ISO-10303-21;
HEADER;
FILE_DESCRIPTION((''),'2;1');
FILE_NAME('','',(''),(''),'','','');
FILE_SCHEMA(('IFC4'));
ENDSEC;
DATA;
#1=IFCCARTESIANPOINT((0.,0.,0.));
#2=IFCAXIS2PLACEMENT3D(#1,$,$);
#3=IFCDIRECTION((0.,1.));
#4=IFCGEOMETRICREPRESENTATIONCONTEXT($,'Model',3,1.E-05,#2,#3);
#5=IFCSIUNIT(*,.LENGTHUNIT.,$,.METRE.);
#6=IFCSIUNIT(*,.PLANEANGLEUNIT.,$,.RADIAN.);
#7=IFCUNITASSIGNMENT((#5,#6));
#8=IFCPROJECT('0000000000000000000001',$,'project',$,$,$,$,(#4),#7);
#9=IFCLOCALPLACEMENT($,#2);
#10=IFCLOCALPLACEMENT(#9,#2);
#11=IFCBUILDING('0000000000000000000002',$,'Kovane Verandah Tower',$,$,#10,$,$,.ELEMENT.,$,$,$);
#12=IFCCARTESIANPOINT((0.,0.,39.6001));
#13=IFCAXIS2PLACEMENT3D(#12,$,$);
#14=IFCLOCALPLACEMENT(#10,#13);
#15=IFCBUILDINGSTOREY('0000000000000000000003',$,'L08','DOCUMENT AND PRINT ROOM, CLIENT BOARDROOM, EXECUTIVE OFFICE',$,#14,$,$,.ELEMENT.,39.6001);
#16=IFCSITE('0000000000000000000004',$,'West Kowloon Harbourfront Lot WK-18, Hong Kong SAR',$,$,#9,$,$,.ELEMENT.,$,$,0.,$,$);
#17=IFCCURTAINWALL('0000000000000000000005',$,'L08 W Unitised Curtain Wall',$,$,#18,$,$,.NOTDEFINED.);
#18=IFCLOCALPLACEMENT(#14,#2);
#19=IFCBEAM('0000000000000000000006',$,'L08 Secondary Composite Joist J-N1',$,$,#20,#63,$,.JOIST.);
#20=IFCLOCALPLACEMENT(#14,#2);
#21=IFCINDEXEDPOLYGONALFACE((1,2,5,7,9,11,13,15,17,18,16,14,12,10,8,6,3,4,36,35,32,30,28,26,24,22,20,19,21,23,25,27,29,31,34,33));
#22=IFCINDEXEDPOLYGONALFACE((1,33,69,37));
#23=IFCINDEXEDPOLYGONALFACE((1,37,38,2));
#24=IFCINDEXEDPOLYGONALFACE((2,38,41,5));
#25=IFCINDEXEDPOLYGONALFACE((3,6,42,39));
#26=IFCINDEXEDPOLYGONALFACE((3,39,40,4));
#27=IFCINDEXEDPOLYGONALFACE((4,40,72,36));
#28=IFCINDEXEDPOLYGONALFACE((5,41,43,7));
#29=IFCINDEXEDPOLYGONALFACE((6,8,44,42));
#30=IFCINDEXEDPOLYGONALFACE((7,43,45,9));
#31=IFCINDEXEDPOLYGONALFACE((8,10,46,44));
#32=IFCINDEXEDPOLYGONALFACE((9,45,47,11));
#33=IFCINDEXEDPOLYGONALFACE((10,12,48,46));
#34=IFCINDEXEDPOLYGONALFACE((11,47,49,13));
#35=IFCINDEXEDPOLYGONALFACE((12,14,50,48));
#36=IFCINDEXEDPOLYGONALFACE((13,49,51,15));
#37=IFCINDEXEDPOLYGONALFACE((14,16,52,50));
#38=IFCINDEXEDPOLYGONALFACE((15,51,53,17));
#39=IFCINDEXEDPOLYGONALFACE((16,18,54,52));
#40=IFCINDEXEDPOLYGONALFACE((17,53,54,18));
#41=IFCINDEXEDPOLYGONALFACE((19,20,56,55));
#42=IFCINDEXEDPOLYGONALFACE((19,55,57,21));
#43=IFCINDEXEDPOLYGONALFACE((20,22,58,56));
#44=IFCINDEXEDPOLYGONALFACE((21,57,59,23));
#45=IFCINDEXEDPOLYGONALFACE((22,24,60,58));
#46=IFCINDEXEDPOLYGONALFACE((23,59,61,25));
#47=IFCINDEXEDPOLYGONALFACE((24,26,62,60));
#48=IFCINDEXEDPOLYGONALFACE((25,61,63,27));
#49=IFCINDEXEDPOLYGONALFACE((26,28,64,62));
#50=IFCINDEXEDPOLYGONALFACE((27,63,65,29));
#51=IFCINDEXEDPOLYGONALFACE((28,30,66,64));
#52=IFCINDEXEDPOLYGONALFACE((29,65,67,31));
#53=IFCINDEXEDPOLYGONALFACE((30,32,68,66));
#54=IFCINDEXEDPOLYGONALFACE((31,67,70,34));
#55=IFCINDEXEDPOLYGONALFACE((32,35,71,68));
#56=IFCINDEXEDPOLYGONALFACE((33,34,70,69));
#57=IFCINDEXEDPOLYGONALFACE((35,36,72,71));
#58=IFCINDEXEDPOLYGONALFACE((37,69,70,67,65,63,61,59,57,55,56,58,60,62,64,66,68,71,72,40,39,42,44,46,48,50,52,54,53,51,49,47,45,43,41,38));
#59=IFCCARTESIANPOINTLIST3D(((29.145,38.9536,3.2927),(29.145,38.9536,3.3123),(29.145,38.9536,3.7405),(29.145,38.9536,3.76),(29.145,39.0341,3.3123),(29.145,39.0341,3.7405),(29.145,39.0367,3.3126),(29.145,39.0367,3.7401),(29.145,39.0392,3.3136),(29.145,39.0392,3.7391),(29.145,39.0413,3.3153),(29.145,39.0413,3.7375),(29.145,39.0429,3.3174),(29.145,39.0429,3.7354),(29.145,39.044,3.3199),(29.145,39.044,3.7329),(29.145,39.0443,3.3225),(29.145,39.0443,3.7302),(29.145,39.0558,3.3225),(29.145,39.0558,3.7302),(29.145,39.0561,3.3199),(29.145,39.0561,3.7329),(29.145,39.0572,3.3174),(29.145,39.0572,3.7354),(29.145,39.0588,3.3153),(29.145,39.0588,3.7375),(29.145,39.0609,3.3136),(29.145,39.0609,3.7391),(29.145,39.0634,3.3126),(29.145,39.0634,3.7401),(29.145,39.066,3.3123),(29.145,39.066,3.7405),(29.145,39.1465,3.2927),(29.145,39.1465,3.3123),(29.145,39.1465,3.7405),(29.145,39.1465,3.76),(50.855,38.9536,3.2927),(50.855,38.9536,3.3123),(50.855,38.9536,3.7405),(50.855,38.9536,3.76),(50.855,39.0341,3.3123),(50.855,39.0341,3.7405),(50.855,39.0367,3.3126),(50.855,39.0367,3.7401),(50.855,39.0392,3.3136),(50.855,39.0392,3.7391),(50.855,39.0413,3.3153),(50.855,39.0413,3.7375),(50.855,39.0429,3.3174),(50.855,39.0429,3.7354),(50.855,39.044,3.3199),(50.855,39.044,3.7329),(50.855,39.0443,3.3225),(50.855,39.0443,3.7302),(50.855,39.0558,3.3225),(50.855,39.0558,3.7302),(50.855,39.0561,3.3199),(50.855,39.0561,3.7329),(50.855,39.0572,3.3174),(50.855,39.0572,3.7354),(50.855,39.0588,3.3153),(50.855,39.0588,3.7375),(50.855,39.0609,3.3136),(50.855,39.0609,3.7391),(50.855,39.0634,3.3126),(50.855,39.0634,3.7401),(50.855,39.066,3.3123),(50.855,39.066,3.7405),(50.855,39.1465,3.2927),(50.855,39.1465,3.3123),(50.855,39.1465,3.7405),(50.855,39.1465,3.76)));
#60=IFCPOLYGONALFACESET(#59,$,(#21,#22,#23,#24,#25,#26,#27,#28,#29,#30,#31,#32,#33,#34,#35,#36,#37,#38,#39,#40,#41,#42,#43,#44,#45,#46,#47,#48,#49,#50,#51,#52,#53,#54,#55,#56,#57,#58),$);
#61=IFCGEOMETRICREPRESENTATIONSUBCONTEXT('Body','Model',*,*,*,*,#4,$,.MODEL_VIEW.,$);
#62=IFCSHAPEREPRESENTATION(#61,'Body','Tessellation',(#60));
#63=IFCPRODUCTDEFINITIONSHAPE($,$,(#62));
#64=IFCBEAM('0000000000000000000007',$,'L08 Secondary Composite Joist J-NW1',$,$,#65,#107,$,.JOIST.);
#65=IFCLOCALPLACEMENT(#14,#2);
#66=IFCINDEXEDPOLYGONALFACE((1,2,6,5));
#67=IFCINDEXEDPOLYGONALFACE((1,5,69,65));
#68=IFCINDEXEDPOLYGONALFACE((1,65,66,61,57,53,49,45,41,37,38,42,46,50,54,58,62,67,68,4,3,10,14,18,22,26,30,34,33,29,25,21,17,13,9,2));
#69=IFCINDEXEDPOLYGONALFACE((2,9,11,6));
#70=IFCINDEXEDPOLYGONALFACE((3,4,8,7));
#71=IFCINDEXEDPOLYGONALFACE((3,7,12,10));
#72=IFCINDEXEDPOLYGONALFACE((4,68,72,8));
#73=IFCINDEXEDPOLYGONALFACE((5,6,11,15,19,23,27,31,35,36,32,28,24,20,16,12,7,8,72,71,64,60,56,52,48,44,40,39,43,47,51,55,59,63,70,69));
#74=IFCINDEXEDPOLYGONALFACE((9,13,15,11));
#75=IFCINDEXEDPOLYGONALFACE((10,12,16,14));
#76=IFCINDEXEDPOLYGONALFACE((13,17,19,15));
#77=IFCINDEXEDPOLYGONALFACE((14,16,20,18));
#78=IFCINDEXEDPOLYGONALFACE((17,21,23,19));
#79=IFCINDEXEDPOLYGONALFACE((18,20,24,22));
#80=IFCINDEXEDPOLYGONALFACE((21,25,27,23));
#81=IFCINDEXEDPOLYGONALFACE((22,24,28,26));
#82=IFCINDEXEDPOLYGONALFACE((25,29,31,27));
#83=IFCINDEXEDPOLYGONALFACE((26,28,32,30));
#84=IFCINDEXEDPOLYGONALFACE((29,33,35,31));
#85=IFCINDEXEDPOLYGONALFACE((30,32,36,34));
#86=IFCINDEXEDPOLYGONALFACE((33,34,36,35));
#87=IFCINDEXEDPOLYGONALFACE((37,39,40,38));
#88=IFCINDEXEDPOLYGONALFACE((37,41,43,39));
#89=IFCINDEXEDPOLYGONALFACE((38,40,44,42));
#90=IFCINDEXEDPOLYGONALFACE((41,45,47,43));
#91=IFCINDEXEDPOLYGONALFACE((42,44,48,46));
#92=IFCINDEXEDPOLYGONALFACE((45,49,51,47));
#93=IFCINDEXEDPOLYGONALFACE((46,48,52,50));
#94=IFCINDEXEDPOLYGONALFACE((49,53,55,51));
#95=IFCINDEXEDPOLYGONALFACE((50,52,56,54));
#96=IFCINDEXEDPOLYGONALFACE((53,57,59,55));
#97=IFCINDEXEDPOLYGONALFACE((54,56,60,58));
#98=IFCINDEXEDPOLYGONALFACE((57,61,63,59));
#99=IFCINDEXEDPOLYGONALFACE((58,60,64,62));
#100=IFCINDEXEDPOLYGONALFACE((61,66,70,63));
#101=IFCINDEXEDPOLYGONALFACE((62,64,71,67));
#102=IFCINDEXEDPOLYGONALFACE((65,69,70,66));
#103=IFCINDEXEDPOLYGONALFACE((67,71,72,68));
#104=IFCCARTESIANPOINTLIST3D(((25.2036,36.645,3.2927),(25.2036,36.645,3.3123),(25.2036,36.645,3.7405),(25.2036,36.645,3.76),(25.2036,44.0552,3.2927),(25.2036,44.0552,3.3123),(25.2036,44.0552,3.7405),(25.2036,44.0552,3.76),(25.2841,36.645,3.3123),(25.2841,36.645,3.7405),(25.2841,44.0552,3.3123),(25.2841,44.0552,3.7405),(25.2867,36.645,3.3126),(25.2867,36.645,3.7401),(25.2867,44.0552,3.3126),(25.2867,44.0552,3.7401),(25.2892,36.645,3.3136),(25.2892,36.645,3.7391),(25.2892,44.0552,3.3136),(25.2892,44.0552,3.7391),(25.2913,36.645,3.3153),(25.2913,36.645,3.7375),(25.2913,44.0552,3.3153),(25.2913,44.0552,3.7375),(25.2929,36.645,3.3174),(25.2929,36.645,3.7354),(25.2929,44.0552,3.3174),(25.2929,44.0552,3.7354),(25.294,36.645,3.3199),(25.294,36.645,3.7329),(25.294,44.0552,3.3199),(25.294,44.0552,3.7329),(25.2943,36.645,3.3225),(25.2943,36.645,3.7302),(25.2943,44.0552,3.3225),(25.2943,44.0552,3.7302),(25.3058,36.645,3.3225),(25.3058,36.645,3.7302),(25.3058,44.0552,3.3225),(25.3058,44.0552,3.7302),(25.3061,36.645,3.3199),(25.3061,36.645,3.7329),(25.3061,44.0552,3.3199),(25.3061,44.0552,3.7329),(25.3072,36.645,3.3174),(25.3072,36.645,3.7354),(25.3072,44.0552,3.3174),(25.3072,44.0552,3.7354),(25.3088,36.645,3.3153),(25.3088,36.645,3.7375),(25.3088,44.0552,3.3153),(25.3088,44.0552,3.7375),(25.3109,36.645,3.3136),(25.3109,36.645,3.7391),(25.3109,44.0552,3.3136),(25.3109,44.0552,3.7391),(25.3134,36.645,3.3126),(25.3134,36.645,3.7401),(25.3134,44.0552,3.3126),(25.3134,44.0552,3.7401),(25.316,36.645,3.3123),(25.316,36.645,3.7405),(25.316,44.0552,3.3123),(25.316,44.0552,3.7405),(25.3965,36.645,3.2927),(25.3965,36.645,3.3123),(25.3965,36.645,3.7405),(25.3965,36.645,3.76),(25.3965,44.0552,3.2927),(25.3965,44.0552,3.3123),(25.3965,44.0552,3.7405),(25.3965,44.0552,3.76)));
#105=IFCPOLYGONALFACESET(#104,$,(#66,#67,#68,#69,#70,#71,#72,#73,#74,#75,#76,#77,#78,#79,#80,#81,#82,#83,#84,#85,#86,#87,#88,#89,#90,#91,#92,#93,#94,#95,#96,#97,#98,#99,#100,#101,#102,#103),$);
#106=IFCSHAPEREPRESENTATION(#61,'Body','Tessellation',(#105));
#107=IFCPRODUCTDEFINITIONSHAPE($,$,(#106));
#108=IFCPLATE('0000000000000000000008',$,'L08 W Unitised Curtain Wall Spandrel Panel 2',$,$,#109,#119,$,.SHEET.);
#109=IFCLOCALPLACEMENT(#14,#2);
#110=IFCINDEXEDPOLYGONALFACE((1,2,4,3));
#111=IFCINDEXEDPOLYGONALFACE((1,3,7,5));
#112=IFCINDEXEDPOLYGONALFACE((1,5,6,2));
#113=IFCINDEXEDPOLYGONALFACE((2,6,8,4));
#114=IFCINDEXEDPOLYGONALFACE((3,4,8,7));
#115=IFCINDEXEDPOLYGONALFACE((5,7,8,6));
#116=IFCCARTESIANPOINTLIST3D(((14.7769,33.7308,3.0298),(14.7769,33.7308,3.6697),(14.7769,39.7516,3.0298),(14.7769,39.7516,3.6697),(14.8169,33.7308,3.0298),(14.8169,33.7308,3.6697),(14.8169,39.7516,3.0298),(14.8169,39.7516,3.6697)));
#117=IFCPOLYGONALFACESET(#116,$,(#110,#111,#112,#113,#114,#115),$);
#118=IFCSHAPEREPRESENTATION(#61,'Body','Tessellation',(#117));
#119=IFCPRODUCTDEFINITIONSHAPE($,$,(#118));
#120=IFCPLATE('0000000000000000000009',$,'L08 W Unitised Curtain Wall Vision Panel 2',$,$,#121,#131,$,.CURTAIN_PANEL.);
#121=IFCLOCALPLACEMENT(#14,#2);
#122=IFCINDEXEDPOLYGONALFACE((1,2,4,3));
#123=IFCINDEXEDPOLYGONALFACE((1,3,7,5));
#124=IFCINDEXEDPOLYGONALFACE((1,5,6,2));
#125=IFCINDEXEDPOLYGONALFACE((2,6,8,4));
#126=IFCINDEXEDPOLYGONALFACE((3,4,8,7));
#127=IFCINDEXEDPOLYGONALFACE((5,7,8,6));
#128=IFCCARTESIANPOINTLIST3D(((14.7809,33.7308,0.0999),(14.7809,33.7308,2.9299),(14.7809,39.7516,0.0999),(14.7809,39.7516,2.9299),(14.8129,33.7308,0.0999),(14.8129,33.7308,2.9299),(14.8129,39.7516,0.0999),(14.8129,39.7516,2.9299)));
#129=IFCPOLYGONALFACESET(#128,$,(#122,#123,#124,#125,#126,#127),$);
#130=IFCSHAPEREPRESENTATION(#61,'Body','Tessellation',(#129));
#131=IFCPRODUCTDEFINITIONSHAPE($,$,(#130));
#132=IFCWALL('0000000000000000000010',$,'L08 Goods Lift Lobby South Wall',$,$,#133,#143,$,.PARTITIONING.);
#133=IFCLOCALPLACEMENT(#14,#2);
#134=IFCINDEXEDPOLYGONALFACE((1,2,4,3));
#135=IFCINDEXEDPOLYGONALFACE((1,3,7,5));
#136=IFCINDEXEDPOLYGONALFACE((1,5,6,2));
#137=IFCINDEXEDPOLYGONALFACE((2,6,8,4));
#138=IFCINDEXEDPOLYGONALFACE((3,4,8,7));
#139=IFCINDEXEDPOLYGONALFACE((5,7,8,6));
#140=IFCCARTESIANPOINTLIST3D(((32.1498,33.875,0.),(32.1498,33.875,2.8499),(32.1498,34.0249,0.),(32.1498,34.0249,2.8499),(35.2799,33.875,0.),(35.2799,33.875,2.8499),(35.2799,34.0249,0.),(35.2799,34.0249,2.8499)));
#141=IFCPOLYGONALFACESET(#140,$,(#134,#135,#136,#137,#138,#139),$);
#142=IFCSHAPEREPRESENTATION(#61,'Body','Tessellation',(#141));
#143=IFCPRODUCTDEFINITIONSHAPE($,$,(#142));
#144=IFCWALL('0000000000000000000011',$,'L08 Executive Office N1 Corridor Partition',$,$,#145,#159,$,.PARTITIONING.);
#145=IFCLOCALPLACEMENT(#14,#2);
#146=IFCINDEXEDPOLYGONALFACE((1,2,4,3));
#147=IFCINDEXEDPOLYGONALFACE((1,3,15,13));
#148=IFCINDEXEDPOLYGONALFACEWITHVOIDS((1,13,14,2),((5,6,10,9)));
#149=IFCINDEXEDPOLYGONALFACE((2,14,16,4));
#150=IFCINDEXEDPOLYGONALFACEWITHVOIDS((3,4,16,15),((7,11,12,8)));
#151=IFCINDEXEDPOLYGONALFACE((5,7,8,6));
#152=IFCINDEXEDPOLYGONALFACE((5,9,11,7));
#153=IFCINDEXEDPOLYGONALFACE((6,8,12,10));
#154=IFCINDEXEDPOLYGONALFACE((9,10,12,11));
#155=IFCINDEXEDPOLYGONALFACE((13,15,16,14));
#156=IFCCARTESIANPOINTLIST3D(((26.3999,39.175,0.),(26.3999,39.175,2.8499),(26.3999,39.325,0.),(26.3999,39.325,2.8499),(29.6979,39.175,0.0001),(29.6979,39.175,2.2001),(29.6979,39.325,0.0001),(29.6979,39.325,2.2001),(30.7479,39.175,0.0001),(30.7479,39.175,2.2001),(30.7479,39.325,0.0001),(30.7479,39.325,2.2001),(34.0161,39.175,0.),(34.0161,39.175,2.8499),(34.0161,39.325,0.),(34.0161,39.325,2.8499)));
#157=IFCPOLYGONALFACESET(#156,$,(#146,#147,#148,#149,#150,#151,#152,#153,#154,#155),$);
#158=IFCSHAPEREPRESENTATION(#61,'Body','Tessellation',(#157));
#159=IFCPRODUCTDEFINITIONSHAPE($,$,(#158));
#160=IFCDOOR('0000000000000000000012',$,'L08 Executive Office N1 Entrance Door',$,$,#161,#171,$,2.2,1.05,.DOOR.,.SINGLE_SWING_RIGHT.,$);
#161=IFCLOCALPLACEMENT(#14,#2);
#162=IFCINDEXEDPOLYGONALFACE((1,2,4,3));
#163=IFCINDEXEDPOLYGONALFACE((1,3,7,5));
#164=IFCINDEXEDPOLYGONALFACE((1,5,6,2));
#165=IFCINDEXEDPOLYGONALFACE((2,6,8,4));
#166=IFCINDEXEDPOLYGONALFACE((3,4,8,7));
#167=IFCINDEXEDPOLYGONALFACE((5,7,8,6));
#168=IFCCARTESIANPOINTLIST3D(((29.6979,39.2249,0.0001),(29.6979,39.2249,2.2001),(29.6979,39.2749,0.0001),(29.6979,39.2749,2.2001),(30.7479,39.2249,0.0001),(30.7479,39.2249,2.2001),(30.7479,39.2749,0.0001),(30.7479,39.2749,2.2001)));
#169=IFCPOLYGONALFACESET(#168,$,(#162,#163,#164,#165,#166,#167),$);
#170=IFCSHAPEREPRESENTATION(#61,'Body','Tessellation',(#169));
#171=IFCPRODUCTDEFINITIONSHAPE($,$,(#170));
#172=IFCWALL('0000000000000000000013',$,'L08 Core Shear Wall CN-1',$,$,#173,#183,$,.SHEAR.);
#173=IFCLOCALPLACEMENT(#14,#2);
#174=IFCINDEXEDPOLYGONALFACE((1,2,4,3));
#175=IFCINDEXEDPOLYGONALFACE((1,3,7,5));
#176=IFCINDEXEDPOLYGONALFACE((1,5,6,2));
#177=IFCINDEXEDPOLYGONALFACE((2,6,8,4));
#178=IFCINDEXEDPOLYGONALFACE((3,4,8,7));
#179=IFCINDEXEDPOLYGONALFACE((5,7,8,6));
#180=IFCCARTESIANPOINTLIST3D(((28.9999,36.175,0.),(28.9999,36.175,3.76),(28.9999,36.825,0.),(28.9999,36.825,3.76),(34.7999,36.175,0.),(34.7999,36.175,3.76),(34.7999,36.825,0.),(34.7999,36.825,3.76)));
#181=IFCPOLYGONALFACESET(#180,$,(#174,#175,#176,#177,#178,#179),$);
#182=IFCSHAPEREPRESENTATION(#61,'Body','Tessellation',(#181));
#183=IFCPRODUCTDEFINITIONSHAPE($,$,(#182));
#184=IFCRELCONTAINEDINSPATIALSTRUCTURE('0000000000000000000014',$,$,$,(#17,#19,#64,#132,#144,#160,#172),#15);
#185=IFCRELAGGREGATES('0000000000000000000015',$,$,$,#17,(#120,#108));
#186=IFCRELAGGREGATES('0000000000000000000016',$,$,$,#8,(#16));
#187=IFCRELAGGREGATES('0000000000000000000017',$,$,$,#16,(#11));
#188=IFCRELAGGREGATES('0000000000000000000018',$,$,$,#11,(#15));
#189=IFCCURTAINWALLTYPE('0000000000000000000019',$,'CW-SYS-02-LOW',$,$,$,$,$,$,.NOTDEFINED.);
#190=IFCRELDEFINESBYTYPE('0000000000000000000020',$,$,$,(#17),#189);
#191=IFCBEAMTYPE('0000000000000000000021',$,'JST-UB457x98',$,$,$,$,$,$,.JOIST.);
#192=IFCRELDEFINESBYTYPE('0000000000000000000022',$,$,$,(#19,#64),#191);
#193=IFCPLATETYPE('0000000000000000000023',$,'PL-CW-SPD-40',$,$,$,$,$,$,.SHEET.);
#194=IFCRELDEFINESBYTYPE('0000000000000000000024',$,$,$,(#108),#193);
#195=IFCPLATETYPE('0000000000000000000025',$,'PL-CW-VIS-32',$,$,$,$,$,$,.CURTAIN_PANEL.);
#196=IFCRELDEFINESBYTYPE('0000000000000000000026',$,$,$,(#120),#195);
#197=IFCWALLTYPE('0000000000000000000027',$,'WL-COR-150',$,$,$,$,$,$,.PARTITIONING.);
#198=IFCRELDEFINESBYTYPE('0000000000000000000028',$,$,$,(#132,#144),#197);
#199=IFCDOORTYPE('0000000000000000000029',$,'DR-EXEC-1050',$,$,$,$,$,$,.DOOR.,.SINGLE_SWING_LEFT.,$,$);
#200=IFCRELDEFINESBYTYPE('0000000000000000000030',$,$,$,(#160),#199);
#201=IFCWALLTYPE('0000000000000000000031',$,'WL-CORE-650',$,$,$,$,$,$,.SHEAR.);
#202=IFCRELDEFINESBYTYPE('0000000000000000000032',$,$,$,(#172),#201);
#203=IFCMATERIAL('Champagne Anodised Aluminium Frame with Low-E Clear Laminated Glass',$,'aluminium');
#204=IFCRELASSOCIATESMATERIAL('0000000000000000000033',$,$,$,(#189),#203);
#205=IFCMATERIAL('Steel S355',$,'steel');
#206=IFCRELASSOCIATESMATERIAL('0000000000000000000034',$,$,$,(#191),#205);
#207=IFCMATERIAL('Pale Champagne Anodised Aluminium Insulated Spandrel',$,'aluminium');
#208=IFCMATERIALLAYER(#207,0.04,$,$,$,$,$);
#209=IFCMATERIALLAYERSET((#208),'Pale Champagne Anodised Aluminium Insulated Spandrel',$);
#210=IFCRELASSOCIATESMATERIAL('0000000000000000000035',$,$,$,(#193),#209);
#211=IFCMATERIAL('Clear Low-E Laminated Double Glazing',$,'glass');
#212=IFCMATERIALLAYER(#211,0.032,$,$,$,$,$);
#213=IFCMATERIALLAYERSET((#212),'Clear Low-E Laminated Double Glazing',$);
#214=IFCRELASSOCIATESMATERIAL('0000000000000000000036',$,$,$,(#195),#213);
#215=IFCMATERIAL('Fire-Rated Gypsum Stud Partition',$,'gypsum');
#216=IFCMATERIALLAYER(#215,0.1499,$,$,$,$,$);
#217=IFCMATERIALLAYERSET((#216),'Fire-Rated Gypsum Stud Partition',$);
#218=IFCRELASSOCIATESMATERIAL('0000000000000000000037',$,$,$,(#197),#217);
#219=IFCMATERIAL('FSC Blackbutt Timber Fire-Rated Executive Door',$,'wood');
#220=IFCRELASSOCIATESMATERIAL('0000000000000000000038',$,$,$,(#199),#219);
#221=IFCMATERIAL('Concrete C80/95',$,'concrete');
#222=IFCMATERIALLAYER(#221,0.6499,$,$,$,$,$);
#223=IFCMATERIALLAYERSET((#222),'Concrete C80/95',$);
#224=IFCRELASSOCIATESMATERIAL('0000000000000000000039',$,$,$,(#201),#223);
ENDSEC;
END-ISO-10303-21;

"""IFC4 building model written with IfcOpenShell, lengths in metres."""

from ifc_helpers import new_model, si_unit, direction, frame, frame_2d, origin, origin_2d, place, context, subcontext, project, spatial, rectangle, i_section, extrude, material, layer, layer_set, material_profile, profile_set, type_object, element, fill, aggregate, save


model = new_model("IFC4")

# Units and contexts
model_context = context("Model", 3, precision=1e-05, world=origin(), true_north=direction((0.0, 1.0)))
body_context = subcontext(model_context, "Body", "Model", "MODEL_VIEW")
ifc_project = project(units=[si_unit("LENGTHUNIT", "METRE"), si_unit("PLANEANGLEUNIT", "RADIAN")], contexts=[model_context])

# Site, building, storey
site_placement = place(None, origin())
site = spatial("IfcSite", under=ifc_project, at=site_placement, Name="West Kowloon Harbourfront Lot WK-18, Hong Kong SAR", CompositionType="ELEMENT", RefElevation=0.0)
building_placement = place(site_placement, origin())
building = spatial("IfcBuilding", under=site, at=building_placement, Name="Kovane Verandah Tower", CompositionType="ELEMENT")
storey_placement = place(building_placement, frame((0.0, 0.0, 39.6001)))
storey = spatial("IfcBuildingStorey", under=building, at=storey_placement, Name="L08", Description="DOCUMENT AND PRINT ROOM, CLIENT BOARDROOM, EXECUTIVE OFFICE", CompositionType="ELEMENT", Elevation=39.6001)

# Shared definitions
ifc_material_1 = material(Name="Concrete C80/95", Category="concrete")

# Shared definitions
ifc_material_2 = material(Name="Steel S355", Category="steel")

# Curtain wall
ifc_material_3 = material(Name="Champagne Anodised Aluminium Frame with Low-E Clear Laminated Glass", Category="aluminium")
curtain_wall_type = type_object("IfcCurtainWallType", Name="CW-SYS-02-LOW", PredefinedType="NOTDEFINED", material=ifc_material_3)
curtain_wall_placement = place(storey_placement, origin())
curtain_wall = element("IfcCurtainWall", 1, at=curtain_wall_placement, inside=storey, type_object=curtain_wall_type, Name="L08 W Unitised Curtain Wall", PredefinedType="NOTDEFINED")

# Beams
ifc_material_profile_1 = material_profile(ifc_material_2, i_section(OverallWidth=0.1929, OverallDepth=0.4673, WebThickness=0.0115, FlangeThickness=0.0195, FilletRadius=0.0103, at=origin_2d()), Name="UB457x191x98")
ifc_profile_set_1 = profile_set([ifc_material_profile_1], Name="Steel S355")
beam_type_1 = type_object("IfcBeamType", Name="JST-UB457x98", PredefinedType="JOIST", material=ifc_profile_set_1)
beam_1_placement = place(storey_placement, frame((29.145, 39.05, 3.5264), z_axis=(1.0, 0.0, 0.0), x_axis=(0.0, 1.0, 0.0)))
element("IfcBeam", 2, at=beam_1_placement, inside=storey, type_object=beam_type_1, Name="L08 Secondary Composite Joist J-N1", PredefinedType="JOIST", context=body_context, shape_type="SweptSolid", body=[
    extrude(i_section(OverallWidth=0.1929, OverallDepth=0.4673, WebThickness=0.0115, FlangeThickness=0.0195, FilletRadius=0.0103, at=origin_2d()), origin(), (0.0, 0.0, 1.0), 21.71),
])
beam_2_placement = place(storey_placement, frame((25.3, 36.645, 3.5264), z_axis=(0.0, 1.0, 0.0), x_axis=(-1.0, 0.0, 0.0)))
element("IfcBeam", 3, at=beam_2_placement, inside=storey, type_object=beam_type_1, Name="L08 Secondary Composite Joist J-NW1", PredefinedType="JOIST", context=body_context, shape_type="SweptSolid", body=[
    extrude(i_section(OverallWidth=0.1929, OverallDepth=0.4673, WebThickness=0.0115, FlangeThickness=0.0195, FilletRadius=0.0103, at=origin_2d()), origin(), (0.0, 0.0, 1.0), 7.4102),
])

# Plates
ifc_material_4 = material(Name="Pale Champagne Anodised Aluminium Insulated Spandrel", Category="aluminium")
ifc_layer_1 = layer(ifc_material_4, 0.04)
ifc_layer_set_1 = layer_set([ifc_layer_1], Name="Pale Champagne Anodised Aluminium Insulated Spandrel")
plate_type_1 = type_object("IfcPlateType", Name="PL-CW-SPD-40", PredefinedType="SHEET", material=ifc_layer_set_1)
plate_1_placement = place(storey_placement, frame((14.7969, 36.7412, 3.0298), z_axis=(0.0, 0.0, 1.0), x_axis=(0.0, -1.0, 0.0)))
plate_1 = element("IfcPlate", 4, at=plate_1_placement, type_object=plate_type_1, Name="L08 W Unitised Curtain Wall Spandrel Panel 2", PredefinedType="SHEET", context=body_context, shape_type="SweptSolid", body=[
    extrude(rectangle(XDim=6.0208, YDim=0.04, at=origin_2d()), origin(), (0.0, 0.0, 1.0), 0.6399),
])
ifc_material_5 = material(Name="Clear Low-E Laminated Double Glazing", Category="glass")
ifc_layer_2 = layer(ifc_material_5, 0.032)
ifc_layer_set_2 = layer_set([ifc_layer_2], Name="Clear Low-E Laminated Double Glazing")
plate_type_2 = type_object("IfcPlateType", Name="PL-CW-VIS-32", PredefinedType="CURTAIN_PANEL", material=ifc_layer_set_2)
plate_2_placement = place(storey_placement, frame((14.7969, 36.7412, 0.0999), z_axis=(0.0, 0.0, 1.0), x_axis=(0.0, -1.0, 0.0)))
plate_2 = element("IfcPlate", 5, at=plate_2_placement, type_object=plate_type_2, Name="L08 W Unitised Curtain Wall Vision Panel 2", PredefinedType="CURTAIN_PANEL", context=body_context, shape_type="SweptSolid", body=[
    extrude(rectangle(XDim=6.0208, YDim=0.032, at=origin_2d()), origin(), (0.0, 0.0, 1.0), 2.8301),
])
aggregate(curtain_wall, [plate_2, plate_1])

# Wall
ifc_material_6 = material(Name="Fire-Rated Gypsum Stud Partition", Category="gypsum")
ifc_layer_3 = layer(ifc_material_6, 0.1499)
ifc_layer_set_3 = layer_set([ifc_layer_3], Name="Fire-Rated Gypsum Stud Partition")
wall_type_1 = type_object("IfcWallType", Name="WL-COR-150", PredefinedType="PARTITIONING", material=ifc_layer_set_3)
wall_1_placement = place(storey_placement, frame((32.1499, 33.95, 0.0), z_axis=(0.0, 0.0, 1.0), x_axis=(1.0, 0.0, 0.0)))
element("IfcWall", 6, at=wall_1_placement, inside=storey, type_object=wall_type_1, Name="L08 Goods Lift Lobby South Wall", PredefinedType="PARTITIONING", context=body_context, shape_type="SweptSolid", body=[
    extrude(rectangle(XDim=3.1301, YDim=0.1499, at=frame_2d((1.5649, 0.0))), origin(), (0.0, 0.0, 1.0), 2.8499),
])

# Wall, opening, door
wall_2_placement = place(storey_placement, frame((26.3999, 39.25, 0.0), z_axis=(0.0, 0.0, 1.0), x_axis=(1.0, 0.0, 0.0)))
wall_2 = element("IfcWall", 7, at=wall_2_placement, inside=storey, type_object=wall_type_1, Name="L08 Executive Office N1 Corridor Partition", PredefinedType="PARTITIONING", context=body_context, shape_type="SweptSolid", body=[
    extrude(rectangle(XDim=7.6162, YDim=0.1499, at=frame_2d((3.8081, 0.0))), origin(), (0.0, 0.0, 1.0), 2.8499),
])
opening_1_placement = place(wall_2_placement, frame((3.2981, 0.0, 0.0)))
opening_1 = element("IfcOpeningElement", 8, at=opening_1_placement, cuts=wall_2, PredefinedType="OPENING", context=body_context, shape_type="SweptSolid", body=[
    extrude(rectangle(XDim=1.05, YDim=2.2, at=frame_2d((0.5249, 1.1001))), frame((0.0, 0.075, 0.0), z_axis=(0.0, -1.0, 0.0), x_axis=(1.0, 0.0, 0.0)), (0.0, 0.0, 1.0), 0.1499),
])
ifc_material_7 = material(Name="FSC Blackbutt Timber Fire-Rated Executive Door", Category="wood")
door_type_1 = type_object("IfcDoorType", Name="DR-EXEC-1050", OperationType="SINGLE_SWING_LEFT", PredefinedType="DOOR", material=ifc_material_7)
door_1_placement = place(opening_1_placement, origin())
door_1 = element("IfcDoor", 9, at=door_1_placement, inside=storey, type_object=door_type_1, Name="L08 Executive Office N1 Entrance Door", OperationType="SINGLE_SWING_RIGHT", OverallHeight=2.2, OverallWidth=1.05, PredefinedType="DOOR", context=body_context, shape_type="SweptSolid", body=[
    extrude(rectangle(XDim=1.05, YDim=2.2, at=frame_2d((0.5249, 1.1001))), frame((0.0, 0.0249, 0.0), z_axis=(0.0, -1.0, 0.0), x_axis=(1.0, 0.0, 0.0)), (0.0, 0.0, 1.0), 0.05),
])
fill(opening_1, door_1)

# Wall
ifc_layer_4 = layer(ifc_material_1, 0.6499)
ifc_layer_set_4 = layer_set([ifc_layer_4], Name="Concrete C80/95")
wall_type_2 = type_object("IfcWallType", Name="WL-CORE-650", PredefinedType="SHEAR", material=ifc_layer_set_4)
wall_3_placement = place(storey_placement, frame((29.0, 36.5, 0.0), z_axis=(0.0, 0.0, 1.0), x_axis=(1.0, 0.0, 0.0)))
element("IfcWall", 10, at=wall_3_placement, inside=storey, type_object=wall_type_2, Name="L08 Core Shear Wall CN-1", PredefinedType="SHEAR", context=body_context, shape_type="SweptSolid", body=[
    extrude(rectangle(XDim=5.8, YDim=0.6499, at=frame_2d((2.8999, 0.0))), origin(), (0.0, 0.0, 1.0), 3.76),
])

save(model, "model.ifc")
